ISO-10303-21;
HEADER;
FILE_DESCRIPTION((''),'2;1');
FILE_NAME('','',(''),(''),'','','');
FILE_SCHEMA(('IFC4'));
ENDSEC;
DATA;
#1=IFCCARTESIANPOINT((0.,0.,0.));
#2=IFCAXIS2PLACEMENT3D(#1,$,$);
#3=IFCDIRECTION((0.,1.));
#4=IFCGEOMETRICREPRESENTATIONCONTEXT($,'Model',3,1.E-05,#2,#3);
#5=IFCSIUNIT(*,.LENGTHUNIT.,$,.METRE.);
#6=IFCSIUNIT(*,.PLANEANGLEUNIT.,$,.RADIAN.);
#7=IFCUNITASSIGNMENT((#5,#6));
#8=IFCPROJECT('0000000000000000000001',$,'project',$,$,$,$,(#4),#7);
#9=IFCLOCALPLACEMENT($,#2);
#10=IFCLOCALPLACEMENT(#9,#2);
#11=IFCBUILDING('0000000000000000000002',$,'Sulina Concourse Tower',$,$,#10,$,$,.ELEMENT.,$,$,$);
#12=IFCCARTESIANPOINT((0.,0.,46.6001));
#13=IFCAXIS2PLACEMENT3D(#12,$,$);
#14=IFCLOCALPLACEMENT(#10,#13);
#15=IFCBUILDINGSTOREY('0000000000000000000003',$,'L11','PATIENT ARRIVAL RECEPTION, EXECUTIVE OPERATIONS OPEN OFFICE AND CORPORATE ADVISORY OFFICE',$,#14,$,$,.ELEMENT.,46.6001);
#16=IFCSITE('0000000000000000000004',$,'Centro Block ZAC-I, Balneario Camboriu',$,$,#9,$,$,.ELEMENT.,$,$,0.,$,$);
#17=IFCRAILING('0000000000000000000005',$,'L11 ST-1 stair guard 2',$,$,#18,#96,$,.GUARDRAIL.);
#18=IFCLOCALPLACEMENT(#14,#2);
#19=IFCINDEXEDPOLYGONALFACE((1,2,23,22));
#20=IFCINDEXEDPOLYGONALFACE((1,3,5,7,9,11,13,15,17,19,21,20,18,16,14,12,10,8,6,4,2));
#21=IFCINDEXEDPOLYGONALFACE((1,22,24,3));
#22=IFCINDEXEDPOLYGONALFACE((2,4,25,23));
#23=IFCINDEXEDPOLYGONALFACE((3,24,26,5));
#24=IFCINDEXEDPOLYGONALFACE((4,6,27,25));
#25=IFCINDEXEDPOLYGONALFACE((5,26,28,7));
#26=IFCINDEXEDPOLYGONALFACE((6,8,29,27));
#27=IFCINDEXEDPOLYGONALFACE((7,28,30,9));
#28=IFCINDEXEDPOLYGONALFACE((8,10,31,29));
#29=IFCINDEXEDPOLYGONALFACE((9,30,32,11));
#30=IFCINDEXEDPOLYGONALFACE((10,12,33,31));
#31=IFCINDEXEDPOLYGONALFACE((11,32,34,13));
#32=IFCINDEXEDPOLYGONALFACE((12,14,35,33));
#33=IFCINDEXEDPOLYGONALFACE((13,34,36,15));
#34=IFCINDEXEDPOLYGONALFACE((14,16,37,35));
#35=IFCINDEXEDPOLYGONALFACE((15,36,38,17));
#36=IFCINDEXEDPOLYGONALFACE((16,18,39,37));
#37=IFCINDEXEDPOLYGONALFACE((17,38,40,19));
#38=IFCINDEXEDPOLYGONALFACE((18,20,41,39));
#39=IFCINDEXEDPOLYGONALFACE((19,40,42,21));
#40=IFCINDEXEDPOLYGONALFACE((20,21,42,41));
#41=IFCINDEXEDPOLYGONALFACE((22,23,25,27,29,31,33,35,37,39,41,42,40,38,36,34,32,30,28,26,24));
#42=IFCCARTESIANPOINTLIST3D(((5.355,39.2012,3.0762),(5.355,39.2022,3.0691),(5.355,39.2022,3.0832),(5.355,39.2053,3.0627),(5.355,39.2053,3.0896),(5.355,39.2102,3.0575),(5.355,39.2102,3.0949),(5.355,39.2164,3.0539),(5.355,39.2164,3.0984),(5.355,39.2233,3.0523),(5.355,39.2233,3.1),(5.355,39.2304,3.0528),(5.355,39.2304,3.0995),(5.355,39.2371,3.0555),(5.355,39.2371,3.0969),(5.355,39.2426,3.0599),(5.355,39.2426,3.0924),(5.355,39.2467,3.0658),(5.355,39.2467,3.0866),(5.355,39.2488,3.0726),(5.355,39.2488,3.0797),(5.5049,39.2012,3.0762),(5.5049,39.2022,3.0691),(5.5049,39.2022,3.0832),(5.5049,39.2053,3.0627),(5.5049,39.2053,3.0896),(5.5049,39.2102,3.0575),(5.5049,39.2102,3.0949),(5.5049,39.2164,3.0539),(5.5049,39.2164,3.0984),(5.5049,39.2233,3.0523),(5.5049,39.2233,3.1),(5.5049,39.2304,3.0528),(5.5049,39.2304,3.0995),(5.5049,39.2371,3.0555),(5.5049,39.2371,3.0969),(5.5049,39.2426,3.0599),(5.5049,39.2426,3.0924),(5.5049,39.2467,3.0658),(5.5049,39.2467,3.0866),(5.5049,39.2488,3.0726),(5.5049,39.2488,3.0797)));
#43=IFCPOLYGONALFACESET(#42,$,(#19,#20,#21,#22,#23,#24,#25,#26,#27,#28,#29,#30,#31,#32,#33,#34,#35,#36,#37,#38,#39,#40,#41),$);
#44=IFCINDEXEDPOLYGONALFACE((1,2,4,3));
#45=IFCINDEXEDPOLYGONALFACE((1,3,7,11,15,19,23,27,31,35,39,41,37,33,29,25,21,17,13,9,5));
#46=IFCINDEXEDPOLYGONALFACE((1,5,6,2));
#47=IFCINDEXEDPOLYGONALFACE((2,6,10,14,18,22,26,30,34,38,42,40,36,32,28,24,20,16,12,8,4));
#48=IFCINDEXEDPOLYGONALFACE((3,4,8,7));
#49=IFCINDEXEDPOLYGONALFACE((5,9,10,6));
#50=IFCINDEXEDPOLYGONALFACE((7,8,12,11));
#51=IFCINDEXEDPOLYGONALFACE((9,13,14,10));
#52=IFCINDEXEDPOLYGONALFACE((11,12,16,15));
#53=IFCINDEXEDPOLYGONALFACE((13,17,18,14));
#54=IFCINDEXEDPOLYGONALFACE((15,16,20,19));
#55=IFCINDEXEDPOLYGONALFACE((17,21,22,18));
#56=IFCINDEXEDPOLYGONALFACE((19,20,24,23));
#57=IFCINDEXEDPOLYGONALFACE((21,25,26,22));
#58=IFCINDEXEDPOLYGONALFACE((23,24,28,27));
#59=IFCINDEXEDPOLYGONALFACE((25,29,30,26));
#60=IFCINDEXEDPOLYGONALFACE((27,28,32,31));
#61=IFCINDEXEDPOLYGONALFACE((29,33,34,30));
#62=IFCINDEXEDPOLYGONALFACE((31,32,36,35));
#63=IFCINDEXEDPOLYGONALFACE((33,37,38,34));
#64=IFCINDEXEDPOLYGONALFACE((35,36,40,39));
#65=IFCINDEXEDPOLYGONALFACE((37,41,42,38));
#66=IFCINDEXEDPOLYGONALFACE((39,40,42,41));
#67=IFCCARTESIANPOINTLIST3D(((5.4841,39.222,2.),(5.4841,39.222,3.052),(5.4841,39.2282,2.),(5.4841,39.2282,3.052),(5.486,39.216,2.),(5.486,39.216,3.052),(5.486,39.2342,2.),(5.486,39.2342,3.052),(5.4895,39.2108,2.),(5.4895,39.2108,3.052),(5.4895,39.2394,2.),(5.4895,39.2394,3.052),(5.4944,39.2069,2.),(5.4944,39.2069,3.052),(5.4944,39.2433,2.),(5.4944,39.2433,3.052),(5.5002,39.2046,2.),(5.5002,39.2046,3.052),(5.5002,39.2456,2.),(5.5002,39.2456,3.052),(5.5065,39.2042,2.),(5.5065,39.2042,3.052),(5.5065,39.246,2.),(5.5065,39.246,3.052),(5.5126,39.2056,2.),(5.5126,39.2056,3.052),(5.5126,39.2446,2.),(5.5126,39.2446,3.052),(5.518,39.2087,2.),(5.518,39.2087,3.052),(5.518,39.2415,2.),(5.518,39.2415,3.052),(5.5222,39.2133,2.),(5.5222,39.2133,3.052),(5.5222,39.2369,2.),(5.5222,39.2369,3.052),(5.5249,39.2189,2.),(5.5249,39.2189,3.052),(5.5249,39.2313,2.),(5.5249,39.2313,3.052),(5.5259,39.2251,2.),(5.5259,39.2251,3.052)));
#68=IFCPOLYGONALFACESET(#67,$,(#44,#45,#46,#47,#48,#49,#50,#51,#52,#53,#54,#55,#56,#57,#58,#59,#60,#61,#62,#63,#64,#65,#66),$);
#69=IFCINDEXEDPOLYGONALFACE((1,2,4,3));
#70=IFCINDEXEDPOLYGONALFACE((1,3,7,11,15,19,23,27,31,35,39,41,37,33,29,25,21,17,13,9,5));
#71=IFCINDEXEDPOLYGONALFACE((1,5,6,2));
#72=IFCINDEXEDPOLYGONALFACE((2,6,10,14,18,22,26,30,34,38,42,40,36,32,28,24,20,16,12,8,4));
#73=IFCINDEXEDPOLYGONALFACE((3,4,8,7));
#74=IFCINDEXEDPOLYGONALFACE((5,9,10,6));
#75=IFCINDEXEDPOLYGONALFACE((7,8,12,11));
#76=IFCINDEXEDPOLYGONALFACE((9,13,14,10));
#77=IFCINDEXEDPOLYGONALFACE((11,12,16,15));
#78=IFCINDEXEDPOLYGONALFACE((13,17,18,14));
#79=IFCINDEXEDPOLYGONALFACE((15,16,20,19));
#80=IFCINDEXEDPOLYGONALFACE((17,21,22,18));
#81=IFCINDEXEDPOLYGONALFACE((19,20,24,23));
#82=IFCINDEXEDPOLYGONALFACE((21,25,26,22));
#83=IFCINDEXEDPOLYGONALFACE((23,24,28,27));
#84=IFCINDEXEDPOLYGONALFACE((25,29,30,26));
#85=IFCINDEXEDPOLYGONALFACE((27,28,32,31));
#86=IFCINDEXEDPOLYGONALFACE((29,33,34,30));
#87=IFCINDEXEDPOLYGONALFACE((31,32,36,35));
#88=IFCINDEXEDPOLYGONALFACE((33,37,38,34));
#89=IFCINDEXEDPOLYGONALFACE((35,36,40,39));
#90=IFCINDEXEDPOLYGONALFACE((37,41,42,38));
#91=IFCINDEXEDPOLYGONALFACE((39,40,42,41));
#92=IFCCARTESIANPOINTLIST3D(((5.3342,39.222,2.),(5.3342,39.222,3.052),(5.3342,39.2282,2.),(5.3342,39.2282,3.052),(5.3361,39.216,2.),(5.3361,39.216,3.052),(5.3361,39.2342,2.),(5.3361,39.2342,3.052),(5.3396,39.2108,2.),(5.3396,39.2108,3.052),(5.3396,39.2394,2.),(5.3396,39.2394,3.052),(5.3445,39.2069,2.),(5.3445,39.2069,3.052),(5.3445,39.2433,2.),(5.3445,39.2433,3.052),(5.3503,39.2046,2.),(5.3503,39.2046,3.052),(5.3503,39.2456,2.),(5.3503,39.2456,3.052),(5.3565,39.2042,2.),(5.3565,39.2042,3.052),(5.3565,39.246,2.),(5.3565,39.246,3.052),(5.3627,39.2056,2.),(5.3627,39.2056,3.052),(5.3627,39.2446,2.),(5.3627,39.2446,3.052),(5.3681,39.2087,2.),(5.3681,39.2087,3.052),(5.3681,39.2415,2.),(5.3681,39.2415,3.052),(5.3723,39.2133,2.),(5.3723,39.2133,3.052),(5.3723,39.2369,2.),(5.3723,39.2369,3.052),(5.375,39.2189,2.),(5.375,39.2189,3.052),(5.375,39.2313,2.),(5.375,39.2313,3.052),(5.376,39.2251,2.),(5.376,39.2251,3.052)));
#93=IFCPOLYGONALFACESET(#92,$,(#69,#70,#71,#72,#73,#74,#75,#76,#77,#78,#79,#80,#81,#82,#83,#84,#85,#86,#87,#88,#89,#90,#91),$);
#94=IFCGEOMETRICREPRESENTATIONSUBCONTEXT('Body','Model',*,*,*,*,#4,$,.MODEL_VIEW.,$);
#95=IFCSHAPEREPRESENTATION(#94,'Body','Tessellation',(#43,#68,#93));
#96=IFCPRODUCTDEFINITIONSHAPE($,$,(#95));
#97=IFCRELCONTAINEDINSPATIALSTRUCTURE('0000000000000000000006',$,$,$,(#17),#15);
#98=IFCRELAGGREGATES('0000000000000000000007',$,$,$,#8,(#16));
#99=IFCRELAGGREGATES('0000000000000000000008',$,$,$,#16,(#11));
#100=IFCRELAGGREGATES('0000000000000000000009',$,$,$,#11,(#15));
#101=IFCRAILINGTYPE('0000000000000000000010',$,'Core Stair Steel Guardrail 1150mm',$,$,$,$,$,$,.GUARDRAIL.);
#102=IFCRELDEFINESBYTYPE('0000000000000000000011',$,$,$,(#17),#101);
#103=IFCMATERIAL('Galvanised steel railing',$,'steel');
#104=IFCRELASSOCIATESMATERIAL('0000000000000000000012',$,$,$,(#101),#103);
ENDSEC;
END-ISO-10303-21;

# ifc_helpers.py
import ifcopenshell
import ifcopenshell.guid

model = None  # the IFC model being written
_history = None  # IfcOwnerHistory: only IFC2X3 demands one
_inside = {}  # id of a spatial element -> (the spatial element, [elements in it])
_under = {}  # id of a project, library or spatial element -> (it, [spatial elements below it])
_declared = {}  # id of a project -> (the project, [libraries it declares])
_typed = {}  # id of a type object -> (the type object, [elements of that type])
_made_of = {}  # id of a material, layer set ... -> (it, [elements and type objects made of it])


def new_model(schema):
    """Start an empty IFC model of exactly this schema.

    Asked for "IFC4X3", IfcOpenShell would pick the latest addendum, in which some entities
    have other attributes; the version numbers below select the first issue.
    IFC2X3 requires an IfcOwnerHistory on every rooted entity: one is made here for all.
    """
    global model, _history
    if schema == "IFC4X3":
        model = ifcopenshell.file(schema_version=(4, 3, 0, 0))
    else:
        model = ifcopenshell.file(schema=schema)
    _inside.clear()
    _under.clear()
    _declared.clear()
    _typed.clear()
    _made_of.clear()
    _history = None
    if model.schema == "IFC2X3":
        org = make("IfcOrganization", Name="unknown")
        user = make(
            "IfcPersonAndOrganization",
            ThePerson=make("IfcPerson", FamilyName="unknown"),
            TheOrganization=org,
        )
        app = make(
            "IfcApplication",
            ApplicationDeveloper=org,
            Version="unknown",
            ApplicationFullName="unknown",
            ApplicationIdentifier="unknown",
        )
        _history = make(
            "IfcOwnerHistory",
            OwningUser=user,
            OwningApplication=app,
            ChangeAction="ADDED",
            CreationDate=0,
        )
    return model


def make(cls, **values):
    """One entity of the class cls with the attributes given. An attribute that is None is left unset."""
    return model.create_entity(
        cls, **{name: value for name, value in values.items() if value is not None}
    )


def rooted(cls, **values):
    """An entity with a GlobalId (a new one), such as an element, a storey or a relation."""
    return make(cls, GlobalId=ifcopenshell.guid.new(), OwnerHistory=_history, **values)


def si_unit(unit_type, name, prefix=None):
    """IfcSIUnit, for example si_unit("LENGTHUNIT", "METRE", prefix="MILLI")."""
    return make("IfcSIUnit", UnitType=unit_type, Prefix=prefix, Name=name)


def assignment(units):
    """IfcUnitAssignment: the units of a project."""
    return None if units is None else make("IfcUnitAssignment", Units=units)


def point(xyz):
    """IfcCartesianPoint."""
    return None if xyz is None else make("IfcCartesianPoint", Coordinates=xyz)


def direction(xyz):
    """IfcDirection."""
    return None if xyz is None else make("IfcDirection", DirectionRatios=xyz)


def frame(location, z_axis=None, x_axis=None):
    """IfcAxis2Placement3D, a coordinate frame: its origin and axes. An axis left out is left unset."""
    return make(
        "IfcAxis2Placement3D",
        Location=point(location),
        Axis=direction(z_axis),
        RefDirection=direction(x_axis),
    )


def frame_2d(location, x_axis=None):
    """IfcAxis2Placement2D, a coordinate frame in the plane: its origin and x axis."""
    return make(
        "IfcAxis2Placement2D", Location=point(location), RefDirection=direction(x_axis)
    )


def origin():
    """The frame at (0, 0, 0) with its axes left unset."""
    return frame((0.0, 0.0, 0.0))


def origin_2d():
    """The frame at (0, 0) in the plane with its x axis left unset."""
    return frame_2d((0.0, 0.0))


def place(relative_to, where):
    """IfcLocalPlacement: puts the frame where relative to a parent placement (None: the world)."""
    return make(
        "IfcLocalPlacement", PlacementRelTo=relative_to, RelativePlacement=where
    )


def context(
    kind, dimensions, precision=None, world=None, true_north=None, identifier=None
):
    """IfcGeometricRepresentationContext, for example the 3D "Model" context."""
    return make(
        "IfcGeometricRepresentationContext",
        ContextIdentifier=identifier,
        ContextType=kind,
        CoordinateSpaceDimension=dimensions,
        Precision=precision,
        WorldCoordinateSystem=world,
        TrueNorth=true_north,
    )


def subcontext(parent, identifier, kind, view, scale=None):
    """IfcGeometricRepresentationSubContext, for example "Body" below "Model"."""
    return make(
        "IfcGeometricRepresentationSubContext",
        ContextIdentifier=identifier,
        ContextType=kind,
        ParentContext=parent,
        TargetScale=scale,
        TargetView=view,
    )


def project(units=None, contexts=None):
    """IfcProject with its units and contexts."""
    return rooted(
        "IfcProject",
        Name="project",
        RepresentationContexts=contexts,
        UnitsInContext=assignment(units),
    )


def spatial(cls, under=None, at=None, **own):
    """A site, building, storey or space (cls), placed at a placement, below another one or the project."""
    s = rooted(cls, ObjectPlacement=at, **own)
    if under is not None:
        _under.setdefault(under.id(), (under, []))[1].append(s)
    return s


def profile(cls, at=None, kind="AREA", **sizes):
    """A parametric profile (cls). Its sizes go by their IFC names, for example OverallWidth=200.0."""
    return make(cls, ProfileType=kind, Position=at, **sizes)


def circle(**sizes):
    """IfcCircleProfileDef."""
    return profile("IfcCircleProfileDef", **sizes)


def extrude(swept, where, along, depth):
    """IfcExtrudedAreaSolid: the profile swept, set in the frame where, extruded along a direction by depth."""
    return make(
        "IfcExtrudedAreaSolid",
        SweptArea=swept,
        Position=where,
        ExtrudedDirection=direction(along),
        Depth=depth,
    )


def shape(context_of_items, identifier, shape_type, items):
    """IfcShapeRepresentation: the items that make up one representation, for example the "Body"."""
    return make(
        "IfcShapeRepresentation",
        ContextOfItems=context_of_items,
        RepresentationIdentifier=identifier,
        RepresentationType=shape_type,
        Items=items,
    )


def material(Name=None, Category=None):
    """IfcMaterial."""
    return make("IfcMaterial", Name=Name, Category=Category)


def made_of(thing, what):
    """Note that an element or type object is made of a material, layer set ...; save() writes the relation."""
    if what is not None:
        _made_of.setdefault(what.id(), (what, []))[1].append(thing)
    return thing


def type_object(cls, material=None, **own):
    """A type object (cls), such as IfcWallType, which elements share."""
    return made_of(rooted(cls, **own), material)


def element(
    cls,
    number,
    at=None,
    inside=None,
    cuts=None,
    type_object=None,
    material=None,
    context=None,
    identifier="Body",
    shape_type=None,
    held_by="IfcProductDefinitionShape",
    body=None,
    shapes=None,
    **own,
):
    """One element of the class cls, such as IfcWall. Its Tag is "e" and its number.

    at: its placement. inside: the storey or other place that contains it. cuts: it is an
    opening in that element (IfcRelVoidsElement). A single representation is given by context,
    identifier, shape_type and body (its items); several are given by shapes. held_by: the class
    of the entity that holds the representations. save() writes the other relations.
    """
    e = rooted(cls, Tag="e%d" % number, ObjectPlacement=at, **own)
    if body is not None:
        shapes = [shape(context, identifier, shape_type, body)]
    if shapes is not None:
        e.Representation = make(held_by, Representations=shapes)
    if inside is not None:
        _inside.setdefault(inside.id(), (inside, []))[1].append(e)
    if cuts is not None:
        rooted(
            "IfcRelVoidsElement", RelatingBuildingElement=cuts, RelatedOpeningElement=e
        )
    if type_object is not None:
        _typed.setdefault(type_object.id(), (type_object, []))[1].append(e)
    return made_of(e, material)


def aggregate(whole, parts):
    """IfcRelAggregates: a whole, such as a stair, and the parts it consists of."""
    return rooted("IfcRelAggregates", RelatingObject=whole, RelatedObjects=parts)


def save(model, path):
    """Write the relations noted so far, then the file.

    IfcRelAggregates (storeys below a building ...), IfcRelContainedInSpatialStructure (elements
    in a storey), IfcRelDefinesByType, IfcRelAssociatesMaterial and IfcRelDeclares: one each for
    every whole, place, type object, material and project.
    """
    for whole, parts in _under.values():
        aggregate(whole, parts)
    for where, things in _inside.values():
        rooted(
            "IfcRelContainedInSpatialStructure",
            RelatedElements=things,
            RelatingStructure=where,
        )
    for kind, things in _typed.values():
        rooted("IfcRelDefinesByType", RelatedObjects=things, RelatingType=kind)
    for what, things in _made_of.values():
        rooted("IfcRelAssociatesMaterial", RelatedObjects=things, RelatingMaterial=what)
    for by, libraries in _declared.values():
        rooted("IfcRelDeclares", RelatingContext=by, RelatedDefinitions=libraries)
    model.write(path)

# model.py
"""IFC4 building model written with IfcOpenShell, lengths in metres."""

from ifc_helpers import new_model, si_unit, direction, frame, origin, origin_2d, place, context, subcontext, project, spatial, circle, extrude, material, type_object, element, save


model = new_model("IFC4")

# Units and contexts
model_context = context("Model", 3, precision=1e-05, world=origin(), true_north=direction((0.0, 1.0)))
body_context = subcontext(model_context, "Body", "Model", "MODEL_VIEW")
ifc_project = project(units=[si_unit("LENGTHUNIT", "METRE"), si_unit("PLANEANGLEUNIT", "RADIAN")], contexts=[model_context])

# Site, building, storey
site_placement = place(None, origin())
site = spatial("IfcSite", under=ifc_project, at=site_placement, Name="Centro Block ZAC-I, Balneario Camboriu", CompositionType="ELEMENT", RefElevation=0.0)
building_placement = place(site_placement, origin())
building = spatial("IfcBuilding", under=site, at=building_placement, Name="Sulina Concourse Tower", CompositionType="ELEMENT")
storey_placement = place(building_placement, frame((0.0, 0.0, 46.6001)))
storey = spatial("IfcBuildingStorey", under=building, at=storey_placement, Name="L11", Description="PATIENT ARRIVAL RECEPTION, EXECUTIVE OPERATIONS OPEN OFFICE AND CORPORATE ADVISORY OFFICE", CompositionType="ELEMENT", Elevation=46.6001)

# Railing
ifc_material_1 = material(Name="Galvanised steel railing", Category="steel")
railing_type_1 = type_object("IfcRailingType", Name="Core Stair Steel Guardrail 1150mm", PredefinedType="GUARDRAIL", material=ifc_material_1)
railing_1_placement = place(storey_placement, frame((5.5049, 39.2251, 2.0)))
element("IfcRailing", 1, at=railing_1_placement, inside=storey, type_object=railing_type_1, Name="L11 ST-1 stair guard 2", PredefinedType="GUARDRAIL", context=body_context, shape_type="SweptSolid", body=[
    extrude(circle(Radius=0.0239, at=origin_2d()), frame((0.0, 0.0, 1.0762), z_axis=(-1.0, 0.0, 0.0), x_axis=(0.0, -1.0, 0.0)), (0.0, 0.0, 1.0), 0.1499),
    extrude(circle(Radius=0.021, at=origin_2d()), origin(), (0.0, 0.0, 1.0), 1.052),
    extrude(circle(Radius=0.021, at=origin_2d()), frame((-0.1499, 0.0, 0.0)), (0.0, 0.0, 1.0), 1.052),
])

save(model, "model.ifc")
